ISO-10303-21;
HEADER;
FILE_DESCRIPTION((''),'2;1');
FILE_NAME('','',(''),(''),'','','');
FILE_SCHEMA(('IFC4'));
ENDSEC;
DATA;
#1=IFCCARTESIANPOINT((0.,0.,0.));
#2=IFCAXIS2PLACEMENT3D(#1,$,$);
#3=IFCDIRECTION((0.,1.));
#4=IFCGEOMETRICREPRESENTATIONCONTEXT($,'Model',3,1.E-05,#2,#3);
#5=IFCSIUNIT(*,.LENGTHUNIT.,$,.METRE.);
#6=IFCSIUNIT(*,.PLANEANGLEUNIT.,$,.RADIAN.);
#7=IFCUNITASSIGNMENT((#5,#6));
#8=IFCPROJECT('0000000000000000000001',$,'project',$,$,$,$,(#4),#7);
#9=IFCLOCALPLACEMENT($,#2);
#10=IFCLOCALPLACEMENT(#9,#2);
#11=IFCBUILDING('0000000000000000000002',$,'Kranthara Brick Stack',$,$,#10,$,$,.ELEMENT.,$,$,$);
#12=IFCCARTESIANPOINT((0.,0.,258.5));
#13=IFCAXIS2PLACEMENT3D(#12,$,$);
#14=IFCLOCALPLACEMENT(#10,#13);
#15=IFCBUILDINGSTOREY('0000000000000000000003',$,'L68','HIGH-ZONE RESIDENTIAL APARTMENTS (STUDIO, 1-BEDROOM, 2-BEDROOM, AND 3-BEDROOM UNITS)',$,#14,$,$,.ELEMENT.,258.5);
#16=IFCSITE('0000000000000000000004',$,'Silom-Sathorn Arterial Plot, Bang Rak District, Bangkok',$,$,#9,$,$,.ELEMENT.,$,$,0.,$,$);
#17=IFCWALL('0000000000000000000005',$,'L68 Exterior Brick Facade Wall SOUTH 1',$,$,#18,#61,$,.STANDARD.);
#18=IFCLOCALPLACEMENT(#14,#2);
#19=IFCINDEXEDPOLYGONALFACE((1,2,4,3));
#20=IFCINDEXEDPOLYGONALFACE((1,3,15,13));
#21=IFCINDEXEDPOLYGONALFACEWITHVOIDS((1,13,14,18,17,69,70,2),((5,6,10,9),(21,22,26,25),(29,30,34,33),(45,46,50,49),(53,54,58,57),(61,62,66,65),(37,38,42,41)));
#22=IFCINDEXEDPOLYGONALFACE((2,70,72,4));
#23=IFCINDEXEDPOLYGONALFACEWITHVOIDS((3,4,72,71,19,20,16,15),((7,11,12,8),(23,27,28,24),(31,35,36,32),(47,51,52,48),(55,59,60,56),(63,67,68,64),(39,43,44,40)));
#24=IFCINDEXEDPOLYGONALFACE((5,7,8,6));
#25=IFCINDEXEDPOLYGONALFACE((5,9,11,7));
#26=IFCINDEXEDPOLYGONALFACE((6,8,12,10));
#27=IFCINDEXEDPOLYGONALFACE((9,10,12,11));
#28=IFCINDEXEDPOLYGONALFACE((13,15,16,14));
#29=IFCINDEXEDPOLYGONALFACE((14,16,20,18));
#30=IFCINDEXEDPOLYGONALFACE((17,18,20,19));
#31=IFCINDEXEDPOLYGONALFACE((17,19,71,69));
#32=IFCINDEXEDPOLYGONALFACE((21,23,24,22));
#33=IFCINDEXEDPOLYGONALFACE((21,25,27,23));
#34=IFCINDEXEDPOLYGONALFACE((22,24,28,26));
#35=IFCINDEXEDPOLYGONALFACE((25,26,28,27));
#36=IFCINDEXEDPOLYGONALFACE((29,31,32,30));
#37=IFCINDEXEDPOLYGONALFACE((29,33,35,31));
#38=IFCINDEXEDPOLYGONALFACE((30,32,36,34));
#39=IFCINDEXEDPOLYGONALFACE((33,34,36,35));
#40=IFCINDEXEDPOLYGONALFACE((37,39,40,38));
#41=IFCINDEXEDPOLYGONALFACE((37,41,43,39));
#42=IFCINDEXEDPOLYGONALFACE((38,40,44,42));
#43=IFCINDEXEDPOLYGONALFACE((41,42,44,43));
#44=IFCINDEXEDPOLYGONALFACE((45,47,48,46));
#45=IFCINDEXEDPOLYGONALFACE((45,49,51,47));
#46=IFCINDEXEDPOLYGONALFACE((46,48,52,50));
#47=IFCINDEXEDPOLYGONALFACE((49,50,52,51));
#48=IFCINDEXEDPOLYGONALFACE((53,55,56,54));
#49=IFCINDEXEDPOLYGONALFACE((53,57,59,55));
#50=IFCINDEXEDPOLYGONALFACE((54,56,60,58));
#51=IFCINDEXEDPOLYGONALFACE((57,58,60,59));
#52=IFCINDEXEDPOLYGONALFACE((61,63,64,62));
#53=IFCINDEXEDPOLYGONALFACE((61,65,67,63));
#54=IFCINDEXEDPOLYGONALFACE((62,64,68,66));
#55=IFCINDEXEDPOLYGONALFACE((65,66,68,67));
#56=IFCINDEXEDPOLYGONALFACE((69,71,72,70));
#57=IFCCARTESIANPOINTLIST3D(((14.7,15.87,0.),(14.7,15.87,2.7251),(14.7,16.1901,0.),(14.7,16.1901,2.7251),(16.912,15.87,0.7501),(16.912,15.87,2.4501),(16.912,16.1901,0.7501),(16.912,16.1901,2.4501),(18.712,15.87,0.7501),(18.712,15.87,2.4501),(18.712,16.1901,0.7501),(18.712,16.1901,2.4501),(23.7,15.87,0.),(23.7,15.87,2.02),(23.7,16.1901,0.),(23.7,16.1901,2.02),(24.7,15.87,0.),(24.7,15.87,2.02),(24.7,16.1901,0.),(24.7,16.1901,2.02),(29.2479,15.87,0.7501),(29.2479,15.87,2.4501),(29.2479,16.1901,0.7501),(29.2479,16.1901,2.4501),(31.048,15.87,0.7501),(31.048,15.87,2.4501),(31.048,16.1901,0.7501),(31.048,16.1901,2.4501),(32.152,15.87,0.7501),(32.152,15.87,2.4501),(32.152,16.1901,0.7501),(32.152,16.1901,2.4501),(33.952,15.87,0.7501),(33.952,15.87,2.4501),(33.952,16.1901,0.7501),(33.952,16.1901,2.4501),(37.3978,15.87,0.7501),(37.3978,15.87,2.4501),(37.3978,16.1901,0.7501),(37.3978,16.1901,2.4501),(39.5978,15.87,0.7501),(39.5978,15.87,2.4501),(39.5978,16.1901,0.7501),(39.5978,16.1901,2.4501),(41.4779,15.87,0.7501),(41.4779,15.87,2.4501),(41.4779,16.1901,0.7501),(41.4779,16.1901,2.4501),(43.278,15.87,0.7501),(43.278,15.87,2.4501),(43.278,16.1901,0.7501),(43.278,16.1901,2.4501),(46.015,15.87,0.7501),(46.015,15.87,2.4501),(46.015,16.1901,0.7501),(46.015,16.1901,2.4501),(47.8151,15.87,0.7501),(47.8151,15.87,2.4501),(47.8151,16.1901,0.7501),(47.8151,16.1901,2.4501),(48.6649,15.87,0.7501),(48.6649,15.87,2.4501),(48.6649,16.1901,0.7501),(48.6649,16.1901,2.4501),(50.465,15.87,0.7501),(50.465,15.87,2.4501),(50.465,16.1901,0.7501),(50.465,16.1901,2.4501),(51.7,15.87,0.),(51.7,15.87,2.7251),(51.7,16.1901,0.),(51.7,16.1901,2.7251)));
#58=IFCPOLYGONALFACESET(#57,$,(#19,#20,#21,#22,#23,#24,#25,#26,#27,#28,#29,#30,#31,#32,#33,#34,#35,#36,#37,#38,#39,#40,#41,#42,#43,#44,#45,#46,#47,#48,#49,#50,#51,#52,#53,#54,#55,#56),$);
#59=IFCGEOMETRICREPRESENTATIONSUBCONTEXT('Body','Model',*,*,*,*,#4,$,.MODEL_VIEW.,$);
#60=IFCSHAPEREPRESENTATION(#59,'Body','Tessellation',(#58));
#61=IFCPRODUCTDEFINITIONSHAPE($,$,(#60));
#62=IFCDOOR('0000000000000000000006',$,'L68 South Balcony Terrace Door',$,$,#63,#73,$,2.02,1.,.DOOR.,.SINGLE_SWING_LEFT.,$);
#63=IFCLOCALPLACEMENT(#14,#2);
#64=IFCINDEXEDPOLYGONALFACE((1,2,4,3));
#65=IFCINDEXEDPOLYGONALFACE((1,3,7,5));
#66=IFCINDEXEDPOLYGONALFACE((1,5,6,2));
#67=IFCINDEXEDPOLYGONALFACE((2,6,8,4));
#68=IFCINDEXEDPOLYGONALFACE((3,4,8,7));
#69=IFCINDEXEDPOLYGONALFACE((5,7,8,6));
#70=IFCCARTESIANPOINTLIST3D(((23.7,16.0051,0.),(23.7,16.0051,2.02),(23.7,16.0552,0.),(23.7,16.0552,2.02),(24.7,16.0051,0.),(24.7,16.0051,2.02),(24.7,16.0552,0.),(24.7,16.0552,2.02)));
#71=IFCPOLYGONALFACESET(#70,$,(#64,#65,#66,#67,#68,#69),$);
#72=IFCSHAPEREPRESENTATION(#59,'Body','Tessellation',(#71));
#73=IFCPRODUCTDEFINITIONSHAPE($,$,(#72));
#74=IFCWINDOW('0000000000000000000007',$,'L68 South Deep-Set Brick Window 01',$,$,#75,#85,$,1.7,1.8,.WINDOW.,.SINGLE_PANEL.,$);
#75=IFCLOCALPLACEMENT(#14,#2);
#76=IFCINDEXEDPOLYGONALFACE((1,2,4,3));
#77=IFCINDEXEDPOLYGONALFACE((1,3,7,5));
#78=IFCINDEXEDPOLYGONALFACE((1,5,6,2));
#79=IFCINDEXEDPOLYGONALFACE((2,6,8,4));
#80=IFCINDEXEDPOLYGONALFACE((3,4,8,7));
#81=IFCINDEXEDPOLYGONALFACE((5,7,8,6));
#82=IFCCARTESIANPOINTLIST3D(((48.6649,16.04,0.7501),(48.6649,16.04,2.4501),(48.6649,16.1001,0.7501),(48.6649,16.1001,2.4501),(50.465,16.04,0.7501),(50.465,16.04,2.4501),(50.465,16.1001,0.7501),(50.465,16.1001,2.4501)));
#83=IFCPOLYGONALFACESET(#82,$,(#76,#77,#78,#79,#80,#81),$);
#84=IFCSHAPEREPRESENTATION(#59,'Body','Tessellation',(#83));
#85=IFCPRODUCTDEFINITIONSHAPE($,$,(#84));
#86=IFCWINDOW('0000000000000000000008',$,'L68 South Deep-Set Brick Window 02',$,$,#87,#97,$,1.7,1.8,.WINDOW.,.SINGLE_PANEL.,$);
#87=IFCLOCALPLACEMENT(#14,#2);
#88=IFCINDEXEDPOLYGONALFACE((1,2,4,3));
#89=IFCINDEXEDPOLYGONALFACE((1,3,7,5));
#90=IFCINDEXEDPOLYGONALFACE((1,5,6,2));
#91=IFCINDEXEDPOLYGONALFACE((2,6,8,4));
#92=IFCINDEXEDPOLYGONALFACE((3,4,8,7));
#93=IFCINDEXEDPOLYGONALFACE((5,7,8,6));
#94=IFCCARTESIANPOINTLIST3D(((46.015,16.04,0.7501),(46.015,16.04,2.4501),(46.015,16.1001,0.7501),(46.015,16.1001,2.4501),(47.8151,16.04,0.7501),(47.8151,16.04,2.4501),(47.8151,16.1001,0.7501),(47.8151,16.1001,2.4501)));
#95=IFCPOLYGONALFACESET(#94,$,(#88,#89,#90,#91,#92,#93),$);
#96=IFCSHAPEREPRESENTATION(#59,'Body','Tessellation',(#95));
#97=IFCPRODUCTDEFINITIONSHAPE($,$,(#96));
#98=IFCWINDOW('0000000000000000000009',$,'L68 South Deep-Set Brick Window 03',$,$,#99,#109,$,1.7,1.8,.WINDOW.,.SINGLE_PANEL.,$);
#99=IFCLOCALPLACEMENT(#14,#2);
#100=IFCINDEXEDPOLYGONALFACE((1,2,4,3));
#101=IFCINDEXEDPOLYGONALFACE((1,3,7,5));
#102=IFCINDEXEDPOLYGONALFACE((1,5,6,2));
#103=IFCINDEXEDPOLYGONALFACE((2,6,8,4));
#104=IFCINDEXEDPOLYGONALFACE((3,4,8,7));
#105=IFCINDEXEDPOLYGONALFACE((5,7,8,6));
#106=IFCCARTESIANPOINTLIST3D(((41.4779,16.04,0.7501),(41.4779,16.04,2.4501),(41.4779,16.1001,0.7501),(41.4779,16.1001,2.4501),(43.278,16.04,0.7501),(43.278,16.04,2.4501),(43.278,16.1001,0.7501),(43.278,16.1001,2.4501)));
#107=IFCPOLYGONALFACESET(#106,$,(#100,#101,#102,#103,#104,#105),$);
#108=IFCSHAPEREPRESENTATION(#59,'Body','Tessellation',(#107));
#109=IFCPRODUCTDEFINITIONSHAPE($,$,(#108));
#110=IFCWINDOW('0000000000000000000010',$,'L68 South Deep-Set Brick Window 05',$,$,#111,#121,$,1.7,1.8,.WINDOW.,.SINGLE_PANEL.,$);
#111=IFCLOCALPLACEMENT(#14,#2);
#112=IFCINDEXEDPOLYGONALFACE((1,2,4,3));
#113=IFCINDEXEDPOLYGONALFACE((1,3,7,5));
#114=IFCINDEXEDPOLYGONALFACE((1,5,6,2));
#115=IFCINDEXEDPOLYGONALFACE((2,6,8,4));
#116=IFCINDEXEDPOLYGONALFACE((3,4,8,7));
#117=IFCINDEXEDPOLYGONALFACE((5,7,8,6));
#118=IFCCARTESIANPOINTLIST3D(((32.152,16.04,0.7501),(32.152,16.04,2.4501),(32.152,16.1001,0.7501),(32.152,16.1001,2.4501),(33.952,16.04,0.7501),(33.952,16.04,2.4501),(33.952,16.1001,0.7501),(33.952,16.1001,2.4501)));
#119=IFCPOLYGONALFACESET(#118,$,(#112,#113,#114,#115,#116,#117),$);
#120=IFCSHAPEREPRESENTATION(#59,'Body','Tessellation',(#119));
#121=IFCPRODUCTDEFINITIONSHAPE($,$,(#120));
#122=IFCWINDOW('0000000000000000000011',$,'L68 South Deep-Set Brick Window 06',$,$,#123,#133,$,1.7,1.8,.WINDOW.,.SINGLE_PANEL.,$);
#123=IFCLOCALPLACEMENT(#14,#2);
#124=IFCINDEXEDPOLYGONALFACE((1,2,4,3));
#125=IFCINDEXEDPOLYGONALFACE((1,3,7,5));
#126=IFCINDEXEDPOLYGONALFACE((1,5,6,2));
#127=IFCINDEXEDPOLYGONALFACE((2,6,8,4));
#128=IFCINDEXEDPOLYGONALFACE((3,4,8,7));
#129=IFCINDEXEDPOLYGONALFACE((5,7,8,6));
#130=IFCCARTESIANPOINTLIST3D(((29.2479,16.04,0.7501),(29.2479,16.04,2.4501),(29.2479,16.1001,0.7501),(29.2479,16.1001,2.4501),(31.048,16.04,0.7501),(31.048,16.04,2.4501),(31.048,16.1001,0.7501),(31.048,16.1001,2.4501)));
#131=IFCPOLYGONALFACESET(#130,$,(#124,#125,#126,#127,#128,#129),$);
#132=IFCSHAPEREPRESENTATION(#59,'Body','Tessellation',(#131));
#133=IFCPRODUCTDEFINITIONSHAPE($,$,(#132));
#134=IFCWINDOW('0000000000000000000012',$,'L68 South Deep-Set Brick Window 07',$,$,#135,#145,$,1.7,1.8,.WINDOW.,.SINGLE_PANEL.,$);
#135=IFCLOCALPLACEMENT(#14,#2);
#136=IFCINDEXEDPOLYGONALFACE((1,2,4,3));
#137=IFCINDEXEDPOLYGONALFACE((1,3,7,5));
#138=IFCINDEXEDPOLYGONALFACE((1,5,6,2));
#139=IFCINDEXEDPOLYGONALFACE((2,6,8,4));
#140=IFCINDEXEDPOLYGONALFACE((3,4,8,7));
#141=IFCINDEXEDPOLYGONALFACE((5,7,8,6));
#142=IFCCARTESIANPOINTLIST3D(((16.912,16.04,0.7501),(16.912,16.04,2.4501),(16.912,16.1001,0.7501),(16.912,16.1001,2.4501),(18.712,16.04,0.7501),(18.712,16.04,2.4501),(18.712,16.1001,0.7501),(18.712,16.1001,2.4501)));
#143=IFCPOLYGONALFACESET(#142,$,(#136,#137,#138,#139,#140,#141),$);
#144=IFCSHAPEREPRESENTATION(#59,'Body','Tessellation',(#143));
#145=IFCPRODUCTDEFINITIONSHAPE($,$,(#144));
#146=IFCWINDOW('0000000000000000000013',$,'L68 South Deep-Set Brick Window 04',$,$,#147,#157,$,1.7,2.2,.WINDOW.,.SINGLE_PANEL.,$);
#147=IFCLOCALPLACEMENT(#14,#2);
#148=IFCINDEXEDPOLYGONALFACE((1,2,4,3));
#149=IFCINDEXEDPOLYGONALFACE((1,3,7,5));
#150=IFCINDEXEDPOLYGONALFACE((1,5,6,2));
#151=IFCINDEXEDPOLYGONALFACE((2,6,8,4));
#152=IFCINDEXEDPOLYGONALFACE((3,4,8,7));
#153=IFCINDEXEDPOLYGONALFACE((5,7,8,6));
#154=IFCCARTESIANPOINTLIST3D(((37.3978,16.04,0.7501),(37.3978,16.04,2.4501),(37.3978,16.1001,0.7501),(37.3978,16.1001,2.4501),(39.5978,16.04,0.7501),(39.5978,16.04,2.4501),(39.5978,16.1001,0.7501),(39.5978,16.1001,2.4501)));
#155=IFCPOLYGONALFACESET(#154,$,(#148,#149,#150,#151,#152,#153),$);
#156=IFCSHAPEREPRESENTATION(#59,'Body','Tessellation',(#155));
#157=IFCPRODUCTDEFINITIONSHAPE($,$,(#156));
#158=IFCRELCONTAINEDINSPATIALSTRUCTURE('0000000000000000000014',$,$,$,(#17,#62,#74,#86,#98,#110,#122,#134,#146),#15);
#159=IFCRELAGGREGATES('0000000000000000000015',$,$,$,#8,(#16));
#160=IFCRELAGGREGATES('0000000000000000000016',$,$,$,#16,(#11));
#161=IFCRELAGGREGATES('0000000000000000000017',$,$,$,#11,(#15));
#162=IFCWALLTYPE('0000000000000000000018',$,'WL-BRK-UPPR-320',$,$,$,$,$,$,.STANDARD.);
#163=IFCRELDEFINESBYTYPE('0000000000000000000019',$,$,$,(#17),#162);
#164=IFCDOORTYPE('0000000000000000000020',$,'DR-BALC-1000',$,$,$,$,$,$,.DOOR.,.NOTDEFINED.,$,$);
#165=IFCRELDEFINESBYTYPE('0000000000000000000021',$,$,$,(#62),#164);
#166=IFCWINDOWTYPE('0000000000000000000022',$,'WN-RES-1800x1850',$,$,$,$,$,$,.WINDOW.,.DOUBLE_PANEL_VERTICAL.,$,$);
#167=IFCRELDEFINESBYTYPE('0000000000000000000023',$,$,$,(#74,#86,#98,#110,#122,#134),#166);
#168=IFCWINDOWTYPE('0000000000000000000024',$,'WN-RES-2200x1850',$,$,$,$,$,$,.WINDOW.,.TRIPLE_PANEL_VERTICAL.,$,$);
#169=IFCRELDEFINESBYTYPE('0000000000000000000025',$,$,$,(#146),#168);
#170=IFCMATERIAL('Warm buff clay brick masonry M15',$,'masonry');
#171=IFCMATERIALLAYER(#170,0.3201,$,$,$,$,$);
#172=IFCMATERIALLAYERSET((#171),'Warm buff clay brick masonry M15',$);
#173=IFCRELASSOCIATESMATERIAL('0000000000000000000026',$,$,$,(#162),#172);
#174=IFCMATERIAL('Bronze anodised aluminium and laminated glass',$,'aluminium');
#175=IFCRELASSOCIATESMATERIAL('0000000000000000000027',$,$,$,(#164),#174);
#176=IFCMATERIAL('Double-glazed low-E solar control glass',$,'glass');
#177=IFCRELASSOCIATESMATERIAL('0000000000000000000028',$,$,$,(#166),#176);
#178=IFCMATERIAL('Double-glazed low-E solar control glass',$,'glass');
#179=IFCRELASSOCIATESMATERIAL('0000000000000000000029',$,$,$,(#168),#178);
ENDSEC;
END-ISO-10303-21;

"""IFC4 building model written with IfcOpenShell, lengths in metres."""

from ifc_helpers import new_model, si_unit, direction, frame, frame_2d, origin, place, context, subcontext, project, spatial, rectangle, extrude, material, layer, layer_set, type_object, element, fill, save


model = new_model("IFC4")

# Units and contexts
model_context = context("Model", 3, precision=1e-05, world=origin(), true_north=direction((0.0, 1.0)))
body_context = subcontext(model_context, "Body", "Model", "MODEL_VIEW")
ifc_project = project(units=[si_unit("LENGTHUNIT", "METRE"), si_unit("PLANEANGLEUNIT", "RADIAN")], contexts=[model_context])

# Site, building, storey
site_placement = place(None, origin())
site = spatial("IfcSite", under=ifc_project, at=site_placement, Name="Silom-Sathorn Arterial Plot, Bang Rak District, Bangkok", CompositionType="ELEMENT", RefElevation=0.0)
building_placement = place(site_placement, origin())
building = spatial("IfcBuilding", under=site, at=building_placement, Name="Kranthara Brick Stack", CompositionType="ELEMENT")
storey_placement = place(building_placement, frame((0.0, 0.0, 258.5)))
storey = spatial("IfcBuildingStorey", under=building, at=storey_placement, Name="L68", Description="HIGH-ZONE RESIDENTIAL APARTMENTS (STUDIO, 1-BEDROOM, 2-BEDROOM, AND 3-BEDROOM UNITS)", CompositionType="ELEMENT", Elevation=258.5)

# Wall, openings, door, windows
ifc_material_1 = material(Name="Warm buff clay brick masonry M15", Category="masonry")
ifc_layer_1 = layer(ifc_material_1, 0.3201)
ifc_layer_set_1 = layer_set([ifc_layer_1], Name="Warm buff clay brick masonry M15")
wall_type_1 = type_object("IfcWallType", Name="WL-BRK-UPPR-320", PredefinedType="STANDARD", material=ifc_layer_set_1)
wall_1_placement = place(storey_placement, frame((51.7, 16.03, 0.0), z_axis=(0.0, 0.0, 1.0), x_axis=(-1.0, 0.0, 0.0)))
wall_1 = element("IfcWall", 1, at=wall_1_placement, inside=storey, type_object=wall_type_1, Name="L68 Exterior Brick Facade Wall SOUTH 1", PredefinedType="STANDARD", context=body_context, shape_type="SweptSolid", body=[
    extrude(rectangle(XDim=37.0, YDim=0.3201, at=frame_2d((18.5, 0.0))), origin(), (0.0, 0.0, 1.0), 2.7251),
])
opening_1_placement = place(wall_1_placement, frame((27.0, 0.0, 0.0)))
opening_1 = element("IfcOpeningElement", 2, at=opening_1_placement, cuts=wall_1, PredefinedType="OPENING", context=body_context, shape_type="SweptSolid", body=[
    extrude(rectangle(XDim=1.0, YDim=2.02, at=frame_2d((0.5, 1.01))), frame((0.0, 0.1699, 0.0), z_axis=(0.0, -1.0, 0.0), x_axis=(1.0, 0.0, 0.0)), (0.0, 0.0, 1.0), 0.3401),
])
opening_2_placement = place(wall_1_placement, frame((1.2351, 0.0, 0.75)))
opening_2 = element("IfcOpeningElement", 3, at=opening_2_placement, cuts=wall_1, PredefinedType="OPENING", context=body_context, shape_type="SweptSolid", body=[
    extrude(rectangle(XDim=1.8, YDim=1.7, at=frame_2d((0.8999, 0.8501))), frame((0.0, 0.1699, 0.0), z_axis=(0.0, -1.0, 0.0), x_axis=(1.0, 0.0, 0.0)), (0.0, 0.0, 1.0), 0.3401),
])
opening_3_placement = place(wall_1_placement, frame((3.885, 0.0, 0.75)))
opening_3 = element("IfcOpeningElement", 4, at=opening_3_placement, cuts=wall_1, PredefinedType="OPENING", context=body_context, shape_type="SweptSolid", body=[
    extrude(rectangle(XDim=1.8, YDim=1.7, at=frame_2d((0.8999, 0.8501))), frame((0.0, 0.1699, 0.0), z_axis=(0.0, -1.0, 0.0), x_axis=(1.0, 0.0, 0.0)), (0.0, 0.0, 1.0), 0.3401),
])
opening_4_placement = place(wall_1_placement, frame((8.4221, 0.0, 0.75)))
opening_4 = element("IfcOpeningElement", 5, at=opening_4_placement, cuts=wall_1, PredefinedType="OPENING", context=body_context, shape_type="SweptSolid", body=[
    extrude(rectangle(XDim=1.8, YDim=1.7, at=frame_2d((0.8999, 0.8501))), frame((0.0, 0.1699, 0.0), z_axis=(0.0, -1.0, 0.0), x_axis=(1.0, 0.0, 0.0)), (0.0, 0.0, 1.0), 0.3401),
])
opening_5_placement = place(wall_1_placement, frame((12.1021, 0.0, 0.75)))
opening_5 = element("IfcOpeningElement", 6, at=opening_5_placement, cuts=wall_1, PredefinedType="OPENING", context=body_context, shape_type="SweptSolid", body=[
    extrude(rectangle(XDim=2.2, YDim=1.7, at=frame_2d((1.1001, 0.8501))), frame((0.0, 0.1699, 0.0), z_axis=(0.0, -1.0, 0.0), x_axis=(1.0, 0.0, 0.0)), (0.0, 0.0, 1.0), 0.3401),
])
opening_6_placement = place(wall_1_placement, frame((17.748, 0.0, 0.75)))
opening_6 = element("IfcOpeningElement", 7, at=opening_6_placement, cuts=wall_1, PredefinedType="OPENING", context=body_context, shape_type="SweptSolid", body=[
    extrude(rectangle(XDim=1.8, YDim=1.7, at=frame_2d((0.8999, 0.8501))), frame((0.0, 0.1699, 0.0), z_axis=(0.0, -1.0, 0.0), x_axis=(1.0, 0.0, 0.0)), (0.0, 0.0, 1.0), 0.3401),
])
opening_7_placement = place(wall_1_placement, frame((20.6521, 0.0, 0.75)))
opening_7 = element("IfcOpeningElement", 8, at=opening_7_placement, cuts=wall_1, PredefinedType="OPENING", context=body_context, shape_type="SweptSolid", body=[
    extrude(rectangle(XDim=1.8, YDim=1.7, at=frame_2d((0.8999, 0.8501))), frame((0.0, 0.1699, 0.0), z_axis=(0.0, -1.0, 0.0), x_axis=(1.0, 0.0, 0.0)), (0.0, 0.0, 1.0), 0.3401),
])
opening_8_placement = place(wall_1_placement, frame((32.988, 0.0, 0.75)))
opening_8 = element("IfcOpeningElement", 9, at=opening_8_placement, cuts=wall_1, PredefinedType="OPENING", context=body_context, shape_type="SweptSolid", body=[
    extrude(rectangle(XDim=1.8, YDim=1.7, at=frame_2d((0.8999, 0.8501))), frame((0.0, 0.1699, 0.0), z_axis=(0.0, -1.0, 0.0), x_axis=(1.0, 0.0, 0.0)), (0.0, 0.0, 1.0), 0.3401),
])
ifc_material_2 = material(Name="Bronze anodised aluminium and laminated glass", Category="aluminium")
door_type_1 = type_object("IfcDoorType", Name="DR-BALC-1000", OperationType="NOTDEFINED", PredefinedType="DOOR", material=ifc_material_2)
door_1_placement = place(opening_1_placement, origin())
door_1 = element("IfcDoor", 10, at=door_1_placement, inside=storey, type_object=door_type_1, Name="L68 South Balcony Terrace Door", OperationType="SINGLE_SWING_LEFT", OverallHeight=2.02, OverallWidth=1.0, PredefinedType="DOOR", context=body_context, shape_type="SweptSolid", body=[
    extrude(rectangle(XDim=1.0, YDim=2.02, at=frame_2d((0.5, 1.01))), frame((0.0, 0.0249, 0.0), z_axis=(0.0, -1.0, 0.0), x_axis=(1.0, 0.0, 0.0)), (0.0, 0.0, 1.0), 0.05),
])
fill(opening_1, door_1)
ifc_material_3 = material(Name="Double-glazed low-E solar control glass", Category="glass")
window_type_1 = type_object("IfcWindowType", Name="WN-RES-1800x1850", PartitioningType="DOUBLE_PANEL_VERTICAL", PredefinedType="WINDOW", material=ifc_material_3)
window_1_placement = place(opening_2_placement, origin())
window_1 = element("IfcWindow", 11, at=window_1_placement, inside=storey, type_object=window_type_1, Name="L68 South Deep-Set Brick Window 01", OverallHeight=1.7, OverallWidth=1.8, PartitioningType="SINGLE_PANEL", PredefinedType="WINDOW", context=body_context, shape_type="SweptSolid", body=[
    extrude(rectangle(XDim=1.8, YDim=1.7, at=frame_2d((0.8999, 0.8501))), frame((0.0, -0.01, 0.0), z_axis=(0.0, -1.0, 0.0), x_axis=(1.0, 0.0, 0.0)), (0.0, 0.0, 1.0), 0.0601),
])
fill(opening_2, window_1)
window_2_placement = place(opening_3_placement, origin())
window_2 = element("IfcWindow", 12, at=window_2_placement, inside=storey, type_object=window_type_1, Name="L68 South Deep-Set Brick Window 02", OverallHeight=1.7, OverallWidth=1.8, PartitioningType="SINGLE_PANEL", PredefinedType="WINDOW", context=body_context, shape_type="SweptSolid", body=[
    extrude(rectangle(XDim=1.8, YDim=1.7, at=frame_2d((0.8999, 0.8501))), frame((0.0, -0.01, 0.0), z_axis=(0.0, -1.0, 0.0), x_axis=(1.0, 0.0, 0.0)), (0.0, 0.0, 1.0), 0.0601),
])
fill(opening_3, window_2)
window_3_placement = place(opening_4_placement, origin())
window_3 = element("IfcWindow", 13, at=window_3_placement, inside=storey, type_object=window_type_1, Name="L68 South Deep-Set Brick Window 03", OverallHeight=1.7, OverallWidth=1.8, PartitioningType="SINGLE_PANEL", PredefinedType="WINDOW", context=body_context, shape_type="SweptSolid", body=[
    extrude(rectangle(XDim=1.8, YDim=1.7, at=frame_2d((0.8999, 0.8501))), frame((0.0, -0.01, 0.0), z_axis=(0.0, -1.0, 0.0), x_axis=(1.0, 0.0, 0.0)), (0.0, 0.0, 1.0), 0.0601),
])
fill(opening_4, window_3)
window_4_placement = place(opening_6_placement, origin())
window_4 = element("IfcWindow", 14, at=window_4_placement, inside=storey, type_object=window_type_1, Name="L68 South Deep-Set Brick Window 05", OverallHeight=1.7, OverallWidth=1.8, PartitioningType="SINGLE_PANEL", PredefinedType="WINDOW", context=body_context, shape_type="SweptSolid", body=[
    extrude(rectangle(XDim=1.8, YDim=1.7, at=frame_2d((0.8999, 0.8501))), frame((0.0, -0.01, 0.0), z_axis=(0.0, -1.0, 0.0), x_axis=(1.0, 0.0, 0.0)), (0.0, 0.0, 1.0), 0.0601),
])
fill(opening_6, window_4)
window_5_placement = place(opening_7_placement, origin())
window_5 = element("IfcWindow", 15, at=window_5_placement, inside=storey, type_object=window_type_1, Name="L68 South Deep-Set Brick Window 06", OverallHeight=1.7, OverallWidth=1.8, PartitioningType="SINGLE_PANEL", PredefinedType="WINDOW", context=body_context, shape_type="SweptSolid", body=[
    extrude(rectangle(XDim=1.8, YDim=1.7, at=frame_2d((0.8999, 0.8501))), frame((0.0, -0.01, 0.0), z_axis=(0.0, -1.0, 0.0), x_axis=(1.0, 0.0, 0.0)), (0.0, 0.0, 1.0), 0.0601),
])
fill(opening_7, window_5)
window_6_placement = place(opening_8_placement, origin())
window_6 = element("IfcWindow", 16, at=window_6_placement, inside=storey, type_object=window_type_1, Name="L68 South Deep-Set Brick Window 07", OverallHeight=1.7, OverallWidth=1.8, PartitioningType="SINGLE_PANEL", PredefinedType="WINDOW", context=body_context, shape_type="SweptSolid", body=[
    extrude(rectangle(XDim=1.8, YDim=1.7, at=frame_2d((0.8999, 0.8501))), frame((0.0, -0.01, 0.0), z_axis=(0.0, -1.0, 0.0), x_axis=(1.0, 0.0, 0.0)), (0.0, 0.0, 1.0), 0.0601),
])
fill(opening_8, window_6)
ifc_material_4 = material(Name="Double-glazed low-E solar control glass", Category="glass")
window_type_2 = type_object("IfcWindowType", Name="WN-RES-2200x1850", PartitioningType="TRIPLE_PANEL_VERTICAL", PredefinedType="WINDOW", material=ifc_material_4)
window_7_placement = place(opening_5_placement, origin())
window_7 = element("IfcWindow", 17, at=window_7_placement, inside=storey, type_object=window_type_2, Name="L68 South Deep-Set Brick Window 04", OverallHeight=1.7, OverallWidth=2.2, PartitioningType="SINGLE_PANEL", PredefinedType="WINDOW", context=body_context, shape_type="SweptSolid", body=[
    extrude(rectangle(XDim=2.2, YDim=1.7, at=frame_2d((1.1001, 0.8501))), frame((0.0, -0.01, 0.0), z_axis=(0.0, -1.0, 0.0), x_axis=(1.0, 0.0, 0.0)), (0.0, 0.0, 1.0), 0.0601),
])
fill(opening_5, window_7)

save(model, "model.ifc")
